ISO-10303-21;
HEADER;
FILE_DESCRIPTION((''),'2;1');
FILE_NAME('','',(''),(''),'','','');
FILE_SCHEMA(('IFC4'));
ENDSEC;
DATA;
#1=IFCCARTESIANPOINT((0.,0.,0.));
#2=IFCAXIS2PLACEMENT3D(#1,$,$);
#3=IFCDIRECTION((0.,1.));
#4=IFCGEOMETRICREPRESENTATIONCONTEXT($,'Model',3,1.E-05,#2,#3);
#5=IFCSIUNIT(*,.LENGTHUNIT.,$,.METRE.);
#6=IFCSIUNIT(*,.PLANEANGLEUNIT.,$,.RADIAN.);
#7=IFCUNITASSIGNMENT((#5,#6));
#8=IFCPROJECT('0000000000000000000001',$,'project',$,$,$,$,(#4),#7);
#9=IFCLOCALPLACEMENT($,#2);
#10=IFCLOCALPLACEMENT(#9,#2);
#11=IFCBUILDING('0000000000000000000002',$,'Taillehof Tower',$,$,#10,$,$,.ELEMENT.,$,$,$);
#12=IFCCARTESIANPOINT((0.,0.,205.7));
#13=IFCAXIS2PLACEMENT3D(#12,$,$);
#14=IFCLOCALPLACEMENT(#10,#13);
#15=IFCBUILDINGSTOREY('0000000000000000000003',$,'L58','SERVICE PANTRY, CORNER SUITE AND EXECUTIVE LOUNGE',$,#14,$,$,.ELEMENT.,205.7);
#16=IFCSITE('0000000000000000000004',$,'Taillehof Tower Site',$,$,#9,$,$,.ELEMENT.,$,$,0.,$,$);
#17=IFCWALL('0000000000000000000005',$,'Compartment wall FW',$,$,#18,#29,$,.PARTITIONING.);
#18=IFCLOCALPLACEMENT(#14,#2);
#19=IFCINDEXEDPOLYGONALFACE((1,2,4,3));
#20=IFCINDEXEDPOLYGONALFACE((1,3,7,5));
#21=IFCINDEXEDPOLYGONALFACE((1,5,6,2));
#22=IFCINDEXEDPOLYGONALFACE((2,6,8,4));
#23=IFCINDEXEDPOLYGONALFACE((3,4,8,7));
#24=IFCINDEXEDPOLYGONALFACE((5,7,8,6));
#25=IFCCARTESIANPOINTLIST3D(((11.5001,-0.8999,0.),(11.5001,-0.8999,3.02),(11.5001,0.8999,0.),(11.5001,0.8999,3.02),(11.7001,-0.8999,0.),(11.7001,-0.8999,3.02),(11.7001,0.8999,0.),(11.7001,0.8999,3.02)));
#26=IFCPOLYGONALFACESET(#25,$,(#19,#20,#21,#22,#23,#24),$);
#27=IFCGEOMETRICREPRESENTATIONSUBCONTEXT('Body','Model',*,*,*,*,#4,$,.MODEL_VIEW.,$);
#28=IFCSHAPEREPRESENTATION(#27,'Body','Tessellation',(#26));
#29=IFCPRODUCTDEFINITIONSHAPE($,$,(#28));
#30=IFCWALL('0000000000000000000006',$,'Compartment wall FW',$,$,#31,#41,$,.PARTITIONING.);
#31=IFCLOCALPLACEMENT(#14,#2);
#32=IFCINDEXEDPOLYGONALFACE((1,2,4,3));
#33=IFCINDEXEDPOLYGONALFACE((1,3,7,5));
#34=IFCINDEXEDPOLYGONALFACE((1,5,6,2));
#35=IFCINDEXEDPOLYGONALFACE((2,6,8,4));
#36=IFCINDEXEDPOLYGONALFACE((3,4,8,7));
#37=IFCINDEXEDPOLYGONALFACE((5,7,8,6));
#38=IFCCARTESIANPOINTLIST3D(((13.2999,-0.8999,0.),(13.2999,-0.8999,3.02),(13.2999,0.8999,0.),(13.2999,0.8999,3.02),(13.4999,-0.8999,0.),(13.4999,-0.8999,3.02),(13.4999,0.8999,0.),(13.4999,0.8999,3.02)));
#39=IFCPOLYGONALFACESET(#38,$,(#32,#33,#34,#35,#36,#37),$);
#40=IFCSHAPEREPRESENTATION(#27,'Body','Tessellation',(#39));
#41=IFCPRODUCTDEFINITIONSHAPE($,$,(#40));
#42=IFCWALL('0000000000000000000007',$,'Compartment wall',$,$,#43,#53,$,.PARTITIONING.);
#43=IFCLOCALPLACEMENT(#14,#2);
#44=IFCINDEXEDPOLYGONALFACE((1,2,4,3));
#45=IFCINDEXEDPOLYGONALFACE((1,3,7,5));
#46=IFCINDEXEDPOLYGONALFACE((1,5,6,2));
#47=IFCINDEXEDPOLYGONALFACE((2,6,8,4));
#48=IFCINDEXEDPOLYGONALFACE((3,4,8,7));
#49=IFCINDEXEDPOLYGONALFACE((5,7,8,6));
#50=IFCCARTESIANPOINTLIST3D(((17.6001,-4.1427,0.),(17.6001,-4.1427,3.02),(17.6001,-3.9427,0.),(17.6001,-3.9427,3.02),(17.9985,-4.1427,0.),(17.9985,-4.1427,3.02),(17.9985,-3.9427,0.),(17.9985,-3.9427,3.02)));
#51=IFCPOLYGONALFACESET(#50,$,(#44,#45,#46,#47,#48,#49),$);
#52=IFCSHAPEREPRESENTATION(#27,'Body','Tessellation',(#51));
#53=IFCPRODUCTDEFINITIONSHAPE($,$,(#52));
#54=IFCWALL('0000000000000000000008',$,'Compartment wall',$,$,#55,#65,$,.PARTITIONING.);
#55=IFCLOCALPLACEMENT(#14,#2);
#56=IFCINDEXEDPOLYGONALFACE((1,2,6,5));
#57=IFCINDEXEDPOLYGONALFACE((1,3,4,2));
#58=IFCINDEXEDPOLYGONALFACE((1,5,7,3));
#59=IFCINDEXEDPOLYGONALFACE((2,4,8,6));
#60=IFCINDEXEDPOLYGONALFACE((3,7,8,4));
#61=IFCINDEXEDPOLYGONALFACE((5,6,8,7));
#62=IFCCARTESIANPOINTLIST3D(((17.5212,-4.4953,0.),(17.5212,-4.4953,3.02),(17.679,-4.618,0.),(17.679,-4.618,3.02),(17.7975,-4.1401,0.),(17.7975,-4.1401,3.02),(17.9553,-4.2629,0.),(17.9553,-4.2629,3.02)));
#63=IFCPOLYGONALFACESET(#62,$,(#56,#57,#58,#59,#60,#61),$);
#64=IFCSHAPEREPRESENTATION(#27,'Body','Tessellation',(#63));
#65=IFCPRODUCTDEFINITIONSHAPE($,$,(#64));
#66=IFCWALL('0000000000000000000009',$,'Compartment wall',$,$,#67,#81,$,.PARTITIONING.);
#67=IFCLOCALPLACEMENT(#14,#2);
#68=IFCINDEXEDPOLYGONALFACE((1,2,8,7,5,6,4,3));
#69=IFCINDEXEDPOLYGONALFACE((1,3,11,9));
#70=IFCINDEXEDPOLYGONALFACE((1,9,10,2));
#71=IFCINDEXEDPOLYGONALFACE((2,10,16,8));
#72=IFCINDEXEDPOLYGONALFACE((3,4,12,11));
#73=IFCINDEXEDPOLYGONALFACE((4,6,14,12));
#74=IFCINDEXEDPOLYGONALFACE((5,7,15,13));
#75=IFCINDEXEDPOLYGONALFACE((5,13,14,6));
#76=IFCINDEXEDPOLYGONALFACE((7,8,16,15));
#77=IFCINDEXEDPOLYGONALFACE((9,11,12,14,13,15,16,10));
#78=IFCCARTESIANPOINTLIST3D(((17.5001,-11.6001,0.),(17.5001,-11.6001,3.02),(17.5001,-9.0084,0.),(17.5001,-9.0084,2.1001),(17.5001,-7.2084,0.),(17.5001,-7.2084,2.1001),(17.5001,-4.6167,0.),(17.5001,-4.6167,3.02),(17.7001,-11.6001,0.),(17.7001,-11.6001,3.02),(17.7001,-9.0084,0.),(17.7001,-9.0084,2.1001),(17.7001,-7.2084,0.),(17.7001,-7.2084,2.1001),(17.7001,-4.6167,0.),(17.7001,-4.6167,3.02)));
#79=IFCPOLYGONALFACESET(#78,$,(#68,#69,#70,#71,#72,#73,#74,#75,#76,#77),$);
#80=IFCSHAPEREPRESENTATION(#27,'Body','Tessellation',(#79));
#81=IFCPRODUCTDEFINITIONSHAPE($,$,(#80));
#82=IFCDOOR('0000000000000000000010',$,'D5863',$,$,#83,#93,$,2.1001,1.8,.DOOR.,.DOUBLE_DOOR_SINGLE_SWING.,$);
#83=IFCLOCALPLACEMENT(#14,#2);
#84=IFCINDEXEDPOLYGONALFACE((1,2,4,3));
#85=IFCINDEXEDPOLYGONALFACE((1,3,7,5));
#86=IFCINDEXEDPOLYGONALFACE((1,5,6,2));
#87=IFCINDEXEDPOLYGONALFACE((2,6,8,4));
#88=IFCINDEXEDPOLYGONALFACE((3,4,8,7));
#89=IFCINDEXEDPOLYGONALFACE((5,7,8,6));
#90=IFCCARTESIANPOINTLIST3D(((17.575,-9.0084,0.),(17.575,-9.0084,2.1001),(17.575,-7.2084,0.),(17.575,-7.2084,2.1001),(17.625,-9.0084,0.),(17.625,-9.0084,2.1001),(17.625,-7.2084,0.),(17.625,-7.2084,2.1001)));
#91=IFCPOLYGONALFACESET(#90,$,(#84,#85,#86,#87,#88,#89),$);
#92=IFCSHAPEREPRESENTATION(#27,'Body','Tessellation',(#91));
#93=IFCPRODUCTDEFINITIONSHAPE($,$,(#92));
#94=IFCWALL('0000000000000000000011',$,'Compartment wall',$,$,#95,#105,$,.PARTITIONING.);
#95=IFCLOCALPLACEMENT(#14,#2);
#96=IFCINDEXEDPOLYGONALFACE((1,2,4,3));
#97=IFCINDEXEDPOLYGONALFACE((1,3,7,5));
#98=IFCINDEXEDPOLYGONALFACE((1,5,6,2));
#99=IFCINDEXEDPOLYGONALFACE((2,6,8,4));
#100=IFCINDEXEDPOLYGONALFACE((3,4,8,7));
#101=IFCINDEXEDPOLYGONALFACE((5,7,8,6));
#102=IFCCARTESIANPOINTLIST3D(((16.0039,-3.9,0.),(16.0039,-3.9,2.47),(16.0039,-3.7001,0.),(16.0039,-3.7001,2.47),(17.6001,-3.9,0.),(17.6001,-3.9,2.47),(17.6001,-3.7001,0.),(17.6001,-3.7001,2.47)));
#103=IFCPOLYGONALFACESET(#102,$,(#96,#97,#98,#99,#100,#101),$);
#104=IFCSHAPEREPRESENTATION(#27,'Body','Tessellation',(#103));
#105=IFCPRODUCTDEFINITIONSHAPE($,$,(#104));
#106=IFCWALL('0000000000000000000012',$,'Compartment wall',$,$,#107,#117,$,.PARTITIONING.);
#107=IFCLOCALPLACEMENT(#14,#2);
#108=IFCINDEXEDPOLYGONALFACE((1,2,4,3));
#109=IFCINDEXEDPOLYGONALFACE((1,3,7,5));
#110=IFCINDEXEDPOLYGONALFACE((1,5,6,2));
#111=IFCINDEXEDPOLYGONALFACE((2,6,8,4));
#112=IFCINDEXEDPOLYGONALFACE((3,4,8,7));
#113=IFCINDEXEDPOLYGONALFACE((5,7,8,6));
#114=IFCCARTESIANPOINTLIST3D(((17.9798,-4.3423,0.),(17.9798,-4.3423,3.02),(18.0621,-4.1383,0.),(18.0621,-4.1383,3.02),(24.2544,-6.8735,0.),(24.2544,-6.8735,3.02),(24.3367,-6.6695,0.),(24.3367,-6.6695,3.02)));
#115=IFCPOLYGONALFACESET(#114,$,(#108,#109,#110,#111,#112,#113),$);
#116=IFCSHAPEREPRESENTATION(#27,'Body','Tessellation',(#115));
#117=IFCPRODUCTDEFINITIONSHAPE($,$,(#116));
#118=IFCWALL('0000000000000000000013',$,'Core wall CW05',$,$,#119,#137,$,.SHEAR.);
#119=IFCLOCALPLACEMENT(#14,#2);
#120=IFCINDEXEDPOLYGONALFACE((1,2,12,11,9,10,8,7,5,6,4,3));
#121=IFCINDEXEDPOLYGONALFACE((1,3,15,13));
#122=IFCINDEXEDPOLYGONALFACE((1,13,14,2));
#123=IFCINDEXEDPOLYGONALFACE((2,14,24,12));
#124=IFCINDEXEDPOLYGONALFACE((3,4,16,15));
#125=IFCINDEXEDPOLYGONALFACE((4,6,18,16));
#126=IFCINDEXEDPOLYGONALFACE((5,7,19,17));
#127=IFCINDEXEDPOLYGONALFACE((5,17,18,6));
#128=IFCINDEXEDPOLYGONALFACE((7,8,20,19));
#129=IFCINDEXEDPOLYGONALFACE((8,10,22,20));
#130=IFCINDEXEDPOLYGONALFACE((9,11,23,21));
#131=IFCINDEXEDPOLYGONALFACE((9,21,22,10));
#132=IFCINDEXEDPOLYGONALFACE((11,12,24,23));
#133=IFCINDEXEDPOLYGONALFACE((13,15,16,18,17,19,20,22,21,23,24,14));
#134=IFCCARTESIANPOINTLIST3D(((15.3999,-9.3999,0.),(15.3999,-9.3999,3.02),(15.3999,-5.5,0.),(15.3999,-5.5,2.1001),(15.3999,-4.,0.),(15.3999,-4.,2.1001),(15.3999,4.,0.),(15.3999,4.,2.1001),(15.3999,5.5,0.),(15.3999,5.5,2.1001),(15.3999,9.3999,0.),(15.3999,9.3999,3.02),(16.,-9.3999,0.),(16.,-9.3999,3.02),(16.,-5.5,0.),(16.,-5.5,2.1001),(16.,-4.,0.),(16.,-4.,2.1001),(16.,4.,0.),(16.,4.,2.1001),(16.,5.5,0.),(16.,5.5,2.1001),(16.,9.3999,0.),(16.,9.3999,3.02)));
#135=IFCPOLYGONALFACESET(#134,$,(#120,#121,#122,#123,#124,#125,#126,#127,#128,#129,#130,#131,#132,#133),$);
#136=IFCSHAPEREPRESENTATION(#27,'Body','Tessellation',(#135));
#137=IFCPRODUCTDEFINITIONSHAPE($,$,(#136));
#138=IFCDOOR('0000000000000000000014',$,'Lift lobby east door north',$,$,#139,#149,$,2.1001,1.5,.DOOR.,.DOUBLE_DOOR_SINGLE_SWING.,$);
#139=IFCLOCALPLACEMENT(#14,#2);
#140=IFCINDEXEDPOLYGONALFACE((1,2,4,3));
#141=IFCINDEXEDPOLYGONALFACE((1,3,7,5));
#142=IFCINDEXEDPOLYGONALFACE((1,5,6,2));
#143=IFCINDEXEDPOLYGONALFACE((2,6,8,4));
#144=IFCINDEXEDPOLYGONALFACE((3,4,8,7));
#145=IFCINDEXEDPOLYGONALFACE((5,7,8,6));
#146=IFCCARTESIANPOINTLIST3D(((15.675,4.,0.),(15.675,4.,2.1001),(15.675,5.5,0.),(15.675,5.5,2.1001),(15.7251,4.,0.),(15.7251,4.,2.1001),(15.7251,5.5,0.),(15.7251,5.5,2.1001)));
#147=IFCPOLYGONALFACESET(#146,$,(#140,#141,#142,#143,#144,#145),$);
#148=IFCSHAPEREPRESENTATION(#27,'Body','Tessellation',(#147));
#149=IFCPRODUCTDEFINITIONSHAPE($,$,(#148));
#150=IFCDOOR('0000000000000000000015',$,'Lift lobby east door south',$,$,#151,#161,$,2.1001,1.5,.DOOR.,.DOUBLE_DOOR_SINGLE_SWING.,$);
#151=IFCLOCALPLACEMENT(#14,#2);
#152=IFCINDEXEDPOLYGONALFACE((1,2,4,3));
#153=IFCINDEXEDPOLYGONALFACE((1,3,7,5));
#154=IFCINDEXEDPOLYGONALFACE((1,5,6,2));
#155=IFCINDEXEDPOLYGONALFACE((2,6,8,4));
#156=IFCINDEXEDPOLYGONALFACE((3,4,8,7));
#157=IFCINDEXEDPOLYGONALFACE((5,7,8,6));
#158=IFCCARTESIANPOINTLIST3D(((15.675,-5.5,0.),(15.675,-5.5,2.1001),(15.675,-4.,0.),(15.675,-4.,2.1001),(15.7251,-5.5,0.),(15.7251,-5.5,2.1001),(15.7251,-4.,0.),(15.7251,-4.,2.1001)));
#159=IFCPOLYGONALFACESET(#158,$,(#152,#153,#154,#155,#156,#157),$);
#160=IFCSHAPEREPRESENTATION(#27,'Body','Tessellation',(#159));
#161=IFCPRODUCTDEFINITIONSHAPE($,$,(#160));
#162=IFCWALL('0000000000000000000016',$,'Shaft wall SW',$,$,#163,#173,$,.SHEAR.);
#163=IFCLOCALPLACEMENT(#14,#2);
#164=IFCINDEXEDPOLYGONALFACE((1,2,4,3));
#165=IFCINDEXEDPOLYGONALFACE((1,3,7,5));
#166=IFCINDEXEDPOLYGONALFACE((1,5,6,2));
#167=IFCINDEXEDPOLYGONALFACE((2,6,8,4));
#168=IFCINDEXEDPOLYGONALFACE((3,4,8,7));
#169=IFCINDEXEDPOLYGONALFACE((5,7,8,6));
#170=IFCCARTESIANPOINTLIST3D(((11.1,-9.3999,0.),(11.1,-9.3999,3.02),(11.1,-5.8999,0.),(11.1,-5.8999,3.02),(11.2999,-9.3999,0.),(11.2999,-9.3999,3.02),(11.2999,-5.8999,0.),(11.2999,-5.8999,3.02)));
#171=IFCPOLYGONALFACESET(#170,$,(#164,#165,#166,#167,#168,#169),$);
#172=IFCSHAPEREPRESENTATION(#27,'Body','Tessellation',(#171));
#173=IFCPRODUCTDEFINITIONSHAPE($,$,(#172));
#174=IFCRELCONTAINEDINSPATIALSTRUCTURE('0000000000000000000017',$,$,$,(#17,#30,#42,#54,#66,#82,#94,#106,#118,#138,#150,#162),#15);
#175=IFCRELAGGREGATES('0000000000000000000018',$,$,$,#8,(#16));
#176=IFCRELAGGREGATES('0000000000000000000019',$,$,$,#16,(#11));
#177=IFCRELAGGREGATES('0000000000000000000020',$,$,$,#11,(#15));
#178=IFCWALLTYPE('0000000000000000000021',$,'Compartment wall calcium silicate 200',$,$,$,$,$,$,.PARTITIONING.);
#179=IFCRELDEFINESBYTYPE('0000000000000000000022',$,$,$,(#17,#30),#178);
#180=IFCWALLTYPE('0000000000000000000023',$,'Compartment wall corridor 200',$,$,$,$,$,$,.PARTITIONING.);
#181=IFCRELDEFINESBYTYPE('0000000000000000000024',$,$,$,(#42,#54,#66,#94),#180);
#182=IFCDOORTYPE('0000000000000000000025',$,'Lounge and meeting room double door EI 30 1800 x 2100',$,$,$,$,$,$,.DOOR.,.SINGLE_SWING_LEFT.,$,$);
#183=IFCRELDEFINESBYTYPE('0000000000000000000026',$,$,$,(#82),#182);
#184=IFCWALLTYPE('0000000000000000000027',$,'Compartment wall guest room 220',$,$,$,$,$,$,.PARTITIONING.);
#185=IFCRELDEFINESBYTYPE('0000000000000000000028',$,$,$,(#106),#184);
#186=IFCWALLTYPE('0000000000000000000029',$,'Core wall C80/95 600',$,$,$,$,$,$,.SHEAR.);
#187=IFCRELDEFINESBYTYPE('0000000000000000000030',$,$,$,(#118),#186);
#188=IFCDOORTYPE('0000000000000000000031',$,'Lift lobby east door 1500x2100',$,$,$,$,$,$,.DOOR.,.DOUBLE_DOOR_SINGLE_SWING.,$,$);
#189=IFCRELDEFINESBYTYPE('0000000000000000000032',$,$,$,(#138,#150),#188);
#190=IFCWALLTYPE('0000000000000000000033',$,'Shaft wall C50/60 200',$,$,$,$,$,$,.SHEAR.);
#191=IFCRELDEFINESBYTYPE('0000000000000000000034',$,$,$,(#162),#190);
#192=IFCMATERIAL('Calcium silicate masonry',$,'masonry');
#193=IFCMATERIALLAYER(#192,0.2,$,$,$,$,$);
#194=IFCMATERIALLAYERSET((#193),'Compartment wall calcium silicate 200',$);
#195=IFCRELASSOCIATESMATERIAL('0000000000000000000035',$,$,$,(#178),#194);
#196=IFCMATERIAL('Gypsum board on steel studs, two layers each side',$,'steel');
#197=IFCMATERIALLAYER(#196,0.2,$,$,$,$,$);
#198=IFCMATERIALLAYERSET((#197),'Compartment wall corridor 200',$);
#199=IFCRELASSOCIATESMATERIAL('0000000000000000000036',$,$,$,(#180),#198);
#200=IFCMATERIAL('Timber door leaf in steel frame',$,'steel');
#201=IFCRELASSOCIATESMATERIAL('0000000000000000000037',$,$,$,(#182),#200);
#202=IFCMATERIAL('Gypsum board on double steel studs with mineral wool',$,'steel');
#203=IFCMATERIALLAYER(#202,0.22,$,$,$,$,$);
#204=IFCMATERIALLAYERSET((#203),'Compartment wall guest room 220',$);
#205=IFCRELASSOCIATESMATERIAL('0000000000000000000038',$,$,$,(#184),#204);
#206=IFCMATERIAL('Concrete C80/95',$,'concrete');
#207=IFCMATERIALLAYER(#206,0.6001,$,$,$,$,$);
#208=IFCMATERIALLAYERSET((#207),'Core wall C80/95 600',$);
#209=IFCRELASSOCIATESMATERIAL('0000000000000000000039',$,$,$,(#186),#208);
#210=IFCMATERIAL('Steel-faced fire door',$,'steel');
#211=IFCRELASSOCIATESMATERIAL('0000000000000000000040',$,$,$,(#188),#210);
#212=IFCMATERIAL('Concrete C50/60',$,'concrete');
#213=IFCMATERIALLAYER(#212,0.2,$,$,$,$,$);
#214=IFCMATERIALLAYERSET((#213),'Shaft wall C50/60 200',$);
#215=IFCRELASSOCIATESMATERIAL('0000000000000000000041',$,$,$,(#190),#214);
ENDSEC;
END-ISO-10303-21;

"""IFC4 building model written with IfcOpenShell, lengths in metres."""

from ifc_helpers import new_model, si_unit, direction, frame, frame_2d, origin, place, context, subcontext, project, spatial, rectangle, extrude, material, layer, layer_set, type_object, element, fill, save


model = new_model("IFC4")

# Units and contexts
model_context = context("Model", 3, precision=1e-05, world=origin(), true_north=direction((0.0, 1.0)))
body_context = subcontext(model_context, "Body", "Model", "MODEL_VIEW")
ifc_project = project(units=[si_unit("LENGTHUNIT", "METRE"), si_unit("PLANEANGLEUNIT", "RADIAN")], contexts=[model_context])

# Site, building, storey
site_placement = place(None, origin())
site = spatial("IfcSite", under=ifc_project, at=site_placement, Name="Taillehof Tower Site", CompositionType="ELEMENT", RefElevation=0.0)
building_placement = place(site_placement, origin())
building = spatial("IfcBuilding", under=site, at=building_placement, Name="Taillehof Tower", CompositionType="ELEMENT")
storey_placement = place(building_placement, frame((0.0, 0.0, 205.7)))
storey = spatial("IfcBuildingStorey", under=building, at=storey_placement, Name="L58", Description="SERVICE PANTRY, CORNER SUITE AND EXECUTIVE LOUNGE", CompositionType="ELEMENT", Elevation=205.7)

# Walls
ifc_material_1 = material(Name="Calcium silicate masonry", Category="masonry")
ifc_layer_1 = layer(ifc_material_1, 0.2)
ifc_layer_set_1 = layer_set([ifc_layer_1], Name="Compartment wall calcium silicate 200")
wall_type_1 = type_object("IfcWallType", Name="Compartment wall calcium silicate 200", PredefinedType="PARTITIONING", material=ifc_layer_set_1)
for number, where, z_axis, x_axis, name in (
    (1, (11.6001, -0.8999, 0.0), (0.0, 0.0, 1.0), (0.0, 1.0, 0.0), "Compartment wall FW"),
    (2, (13.3999, -0.8999, 0.0), (0.0, 0.0, 1.0), (0.0, 1.0, 0.0), "Compartment wall FW"),
):
    element("IfcWall", number, at=place(storey_placement, frame(where, z_axis=z_axis, x_axis=x_axis)), inside=storey, type_object=wall_type_1, Name=name, PredefinedType="PARTITIONING", context=body_context, shape_type="SweptSolid", body=[
        extrude(rectangle(XDim=1.7998, YDim=0.2, at=frame_2d((0.8999, 0.0))), origin(), (0.0, 0.0, 1.0), 3.02),
    ])
ifc_material_2 = material(Name="Gypsum board on steel studs, two layers each side", Category="steel")
ifc_layer_2 = layer(ifc_material_2, 0.2)
ifc_layer_set_2 = layer_set([ifc_layer_2], Name="Compartment wall corridor 200")
wall_type_2 = type_object("IfcWallType", Name="Compartment wall corridor 200", PredefinedType="PARTITIONING", material=ifc_layer_set_2)
wall_1_placement = place(storey_placement, frame((17.6001, -4.0427, 0.0), z_axis=(0.0, 0.0, 1.0), x_axis=(1.0, 0.0, 0.0)))
element("IfcWall", 3, at=wall_1_placement, inside=storey, type_object=wall_type_2, Name="Compartment wall", PredefinedType="PARTITIONING", context=body_context, shape_type="SweptSolid", body=[
    extrude(rectangle(XDim=0.3984, YDim=0.2, at=frame_2d((0.1992, 0.0))), origin(), (0.0, 0.0, 1.0), 3.02),
])
wall_2_placement = place(storey_placement, frame((17.8765, -4.2014, 0.0), z_axis=(0.0, 0.0, 1.0), x_axis=(-0.614053, -0.789265, 0.0)))
element("IfcWall", 4, at=wall_2_placement, inside=storey, type_object=wall_type_2, Name="Compartment wall", PredefinedType="PARTITIONING", context=body_context, shape_type="SweptSolid", body=[
    extrude(rectangle(XDim=0.45, YDim=0.2, at=frame_2d((0.2251, 0.0))), origin(), (0.0, 0.0, 1.0), 3.02),
])

# Wall, opening, door
wall_3_placement = place(storey_placement, frame((17.6001, -4.6167, 0.0), z_axis=(0.0, 0.0, 1.0), x_axis=(0.0, -1.0, 0.0)))
wall_3 = element("IfcWall", 5, at=wall_3_placement, inside=storey, type_object=wall_type_2, Name="Compartment wall", PredefinedType="PARTITIONING", context=body_context, shape_type="SweptSolid", body=[
    extrude(rectangle(XDim=6.9834, YDim=0.2, at=frame_2d((3.4917, 0.0))), origin(), (0.0, 0.0, 1.0), 3.02),
])
opening_1_placement = place(wall_3_placement, frame((2.5918, 0.0, 0.0)))
opening_1 = element("IfcOpeningElement", 6, at=opening_1_placement, cuts=wall_3, PredefinedType="OPENING", context=body_context, shape_type="SweptSolid", body=[
    extrude(rectangle(XDim=1.8, YDim=2.1001, at=frame_2d((0.8999, 1.05))), frame((0.0, 0.1099, 0.0), z_axis=(0.0, -1.0, 0.0), x_axis=(1.0, 0.0, 0.0)), (0.0, 0.0, 1.0), 0.22),
])
ifc_material_3 = material(Name="Timber door leaf in steel frame", Category="steel")
door_type_1 = type_object("IfcDoorType", Name="Lounge and meeting room double door EI 30 1800 x 2100", OperationType="SINGLE_SWING_LEFT", PredefinedType="DOOR", material=ifc_material_3)
door_1_placement = place(opening_1_placement, origin())
door_1 = element("IfcDoor", 7, at=door_1_placement, inside=storey, type_object=door_type_1, Name="D5863", OperationType="DOUBLE_DOOR_SINGLE_SWING", OverallHeight=2.1001, OverallWidth=1.8, PredefinedType="DOOR", context=body_context, shape_type="SweptSolid", body=[
    extrude(rectangle(XDim=1.8, YDim=2.1001, at=frame_2d((0.8999, 1.05))), frame((0.0, 0.0249, 0.0), z_axis=(0.0, -1.0, 0.0), x_axis=(1.0, 0.0, 0.0)), (0.0, 0.0, 1.0), 0.05),
])
fill(opening_1, door_1)

# Walls
wall_4_placement = place(storey_placement, frame((16.0039, -3.8, 0.0), z_axis=(0.0, 0.0, 1.0), x_axis=(1.0, 0.0, 0.0)))
element("IfcWall", 8, at=wall_4_placement, inside=storey, type_object=wall_type_2, Name="Compartment wall", PredefinedType="PARTITIONING", context=body_context, shape_type="SweptSolid", body=[
    extrude(rectangle(XDim=1.5962, YDim=0.2, at=frame_2d((0.7981, 0.0))), origin(), (0.0, 0.0, 1.0), 2.47),
])
ifc_material_4 = material(Name="Gypsum board on double steel studs with mineral wool", Category="steel")
ifc_layer_3 = layer(ifc_material_4, 0.22)
ifc_layer_set_3 = layer_set([ifc_layer_3], Name="Compartment wall guest room 220")
wall_type_3 = type_object("IfcWallType", Name="Compartment wall guest room 220", PredefinedType="PARTITIONING", material=ifc_layer_set_3)
wall_5_placement = place(storey_placement, frame((24.2954, -6.7715, 0.0), z_axis=(0.0, 0.0, 1.0), x_axis=(-0.927383, 0.374114, 0.0)))
element("IfcWall", 9, at=wall_5_placement, inside=storey, type_object=wall_type_3, Name="Compartment wall", PredefinedType="PARTITIONING", context=body_context, shape_type="SweptSolid", body=[
    extrude(rectangle(XDim=6.7659, YDim=0.22, at=frame_2d((3.3828, 0.0))), origin(), (0.0, 0.0, 1.0), 3.02),
])

# Wall, openings, doors
ifc_material_5 = material(Name="Concrete C80/95", Category="concrete")
ifc_layer_4 = layer(ifc_material_5, 0.6001)
ifc_layer_set_4 = layer_set([ifc_layer_4], Name="Core wall C80/95 600")
wall_type_4 = type_object("IfcWallType", Name="Core wall C80/95 600", PredefinedType="SHEAR", material=ifc_layer_set_4)
wall_6_placement = place(storey_placement, frame((15.7, -9.3999, 0.0), z_axis=(0.0, 0.0, 1.0), x_axis=(0.0, 1.0, 0.0)))
wall_6 = element("IfcWall", 10, at=wall_6_placement, inside=storey, type_object=wall_type_4, Name="Core wall CW05", PredefinedType="SHEAR", context=body_context, shape_type="SweptSolid", body=[
    extrude(rectangle(XDim=18.7998, YDim=0.6001, at=frame_2d((9.3999, 0.0))), origin(), (0.0, 0.0, 1.0), 3.02),
])
opening_2_placement = place(wall_6_placement, frame((13.3999, 0.0, 0.0)))
opening_2 = element("IfcOpeningElement", 11, at=opening_2_placement, cuts=wall_6, PredefinedType="OPENING", context=body_context, shape_type="SweptSolid", body=[
    extrude(rectangle(XDim=1.5, YDim=2.1001, at=frame_2d((0.75, 1.05))), frame((0.0, 0.3101, 0.0), z_axis=(0.0, -1.0, 0.0), x_axis=(1.0, 0.0, 0.0)), (0.0, 0.0, 1.0), 0.6201),
])
opening_3_placement = place(wall_6_placement, frame((3.8999, 0.0, 0.0)))
opening_3 = element("IfcOpeningElement", 12, at=opening_3_placement, cuts=wall_6, PredefinedType="OPENING", context=body_context, shape_type="SweptSolid", body=[
    extrude(rectangle(XDim=1.5, YDim=2.1001, at=frame_2d((0.75, 1.05))), frame((0.0, 0.3101, 0.0), z_axis=(0.0, -1.0, 0.0), x_axis=(1.0, 0.0, 0.0)), (0.0, 0.0, 1.0), 0.6201),
])
ifc_material_6 = material(Name="Steel-faced fire door", Category="steel")
door_type_2 = type_object("IfcDoorType", Name="Lift lobby east door 1500x2100", OperationType="DOUBLE_DOOR_SINGLE_SWING", PredefinedType="DOOR", material=ifc_material_6)
door_2_placement = place(opening_2_placement, origin())
door_2 = element("IfcDoor", 13, at=door_2_placement, inside=storey, type_object=door_type_2, Name="Lift lobby east door north", OperationType="DOUBLE_DOOR_SINGLE_SWING", OverallHeight=2.1001, OverallWidth=1.5, PredefinedType="DOOR", context=body_context, shape_type="SweptSolid", body=[
    extrude(rectangle(XDim=1.5, YDim=2.1001, at=frame_2d((0.75, 1.05))), frame((0.0, 0.0249, 0.0), z_axis=(0.0, -1.0, 0.0), x_axis=(1.0, 0.0, 0.0)), (0.0, 0.0, 1.0), 0.05),
])
fill(opening_2, door_2)
door_3_placement = place(opening_3_placement, origin())
door_3 = element("IfcDoor", 14, at=door_3_placement, inside=storey, type_object=door_type_2, Name="Lift lobby east door south", OperationType="DOUBLE_DOOR_SINGLE_SWING", OverallHeight=2.1001, OverallWidth=1.5, PredefinedType="DOOR", context=body_context, shape_type="SweptSolid", body=[
    extrude(rectangle(XDim=1.5, YDim=2.1001, at=frame_2d((0.75, 1.05))), frame((0.0, 0.0249, 0.0), z_axis=(0.0, -1.0, 0.0), x_axis=(1.0, 0.0, 0.0)), (0.0, 0.0, 1.0), 0.05),
])
fill(opening_3, door_3)

# Wall
ifc_material_7 = material(Name="Concrete C50/60", Category="concrete")
ifc_layer_5 = layer(ifc_material_7, 0.2)
ifc_layer_set_5 = layer_set([ifc_layer_5], Name="Shaft wall C50/60 200")
wall_type_5 = type_object("IfcWallType", Name="Shaft wall C50/60 200", PredefinedType="SHEAR", material=ifc_layer_set_5)
for number, where, z_axis, x_axis, name in (
    (15, (11.2, -9.3999, 0.0), (0.0, 0.0, 1.0), (0.0, 1.0, 0.0), "Shaft wall SW"),
):
    element("IfcWall", number, at=place(storey_placement, frame(where, z_axis=z_axis, x_axis=x_axis)), inside=storey, type_object=wall_type_5, Name=name, PredefinedType="SHEAR", context=body_context, shape_type="SweptSolid", body=[
        extrude(rectangle(XDim=3.5, YDim=0.2, at=frame_2d((1.75, 0.0))), origin(), (0.0, 0.0, 1.0), 3.02),
    ])

save(model, "model.ifc")
